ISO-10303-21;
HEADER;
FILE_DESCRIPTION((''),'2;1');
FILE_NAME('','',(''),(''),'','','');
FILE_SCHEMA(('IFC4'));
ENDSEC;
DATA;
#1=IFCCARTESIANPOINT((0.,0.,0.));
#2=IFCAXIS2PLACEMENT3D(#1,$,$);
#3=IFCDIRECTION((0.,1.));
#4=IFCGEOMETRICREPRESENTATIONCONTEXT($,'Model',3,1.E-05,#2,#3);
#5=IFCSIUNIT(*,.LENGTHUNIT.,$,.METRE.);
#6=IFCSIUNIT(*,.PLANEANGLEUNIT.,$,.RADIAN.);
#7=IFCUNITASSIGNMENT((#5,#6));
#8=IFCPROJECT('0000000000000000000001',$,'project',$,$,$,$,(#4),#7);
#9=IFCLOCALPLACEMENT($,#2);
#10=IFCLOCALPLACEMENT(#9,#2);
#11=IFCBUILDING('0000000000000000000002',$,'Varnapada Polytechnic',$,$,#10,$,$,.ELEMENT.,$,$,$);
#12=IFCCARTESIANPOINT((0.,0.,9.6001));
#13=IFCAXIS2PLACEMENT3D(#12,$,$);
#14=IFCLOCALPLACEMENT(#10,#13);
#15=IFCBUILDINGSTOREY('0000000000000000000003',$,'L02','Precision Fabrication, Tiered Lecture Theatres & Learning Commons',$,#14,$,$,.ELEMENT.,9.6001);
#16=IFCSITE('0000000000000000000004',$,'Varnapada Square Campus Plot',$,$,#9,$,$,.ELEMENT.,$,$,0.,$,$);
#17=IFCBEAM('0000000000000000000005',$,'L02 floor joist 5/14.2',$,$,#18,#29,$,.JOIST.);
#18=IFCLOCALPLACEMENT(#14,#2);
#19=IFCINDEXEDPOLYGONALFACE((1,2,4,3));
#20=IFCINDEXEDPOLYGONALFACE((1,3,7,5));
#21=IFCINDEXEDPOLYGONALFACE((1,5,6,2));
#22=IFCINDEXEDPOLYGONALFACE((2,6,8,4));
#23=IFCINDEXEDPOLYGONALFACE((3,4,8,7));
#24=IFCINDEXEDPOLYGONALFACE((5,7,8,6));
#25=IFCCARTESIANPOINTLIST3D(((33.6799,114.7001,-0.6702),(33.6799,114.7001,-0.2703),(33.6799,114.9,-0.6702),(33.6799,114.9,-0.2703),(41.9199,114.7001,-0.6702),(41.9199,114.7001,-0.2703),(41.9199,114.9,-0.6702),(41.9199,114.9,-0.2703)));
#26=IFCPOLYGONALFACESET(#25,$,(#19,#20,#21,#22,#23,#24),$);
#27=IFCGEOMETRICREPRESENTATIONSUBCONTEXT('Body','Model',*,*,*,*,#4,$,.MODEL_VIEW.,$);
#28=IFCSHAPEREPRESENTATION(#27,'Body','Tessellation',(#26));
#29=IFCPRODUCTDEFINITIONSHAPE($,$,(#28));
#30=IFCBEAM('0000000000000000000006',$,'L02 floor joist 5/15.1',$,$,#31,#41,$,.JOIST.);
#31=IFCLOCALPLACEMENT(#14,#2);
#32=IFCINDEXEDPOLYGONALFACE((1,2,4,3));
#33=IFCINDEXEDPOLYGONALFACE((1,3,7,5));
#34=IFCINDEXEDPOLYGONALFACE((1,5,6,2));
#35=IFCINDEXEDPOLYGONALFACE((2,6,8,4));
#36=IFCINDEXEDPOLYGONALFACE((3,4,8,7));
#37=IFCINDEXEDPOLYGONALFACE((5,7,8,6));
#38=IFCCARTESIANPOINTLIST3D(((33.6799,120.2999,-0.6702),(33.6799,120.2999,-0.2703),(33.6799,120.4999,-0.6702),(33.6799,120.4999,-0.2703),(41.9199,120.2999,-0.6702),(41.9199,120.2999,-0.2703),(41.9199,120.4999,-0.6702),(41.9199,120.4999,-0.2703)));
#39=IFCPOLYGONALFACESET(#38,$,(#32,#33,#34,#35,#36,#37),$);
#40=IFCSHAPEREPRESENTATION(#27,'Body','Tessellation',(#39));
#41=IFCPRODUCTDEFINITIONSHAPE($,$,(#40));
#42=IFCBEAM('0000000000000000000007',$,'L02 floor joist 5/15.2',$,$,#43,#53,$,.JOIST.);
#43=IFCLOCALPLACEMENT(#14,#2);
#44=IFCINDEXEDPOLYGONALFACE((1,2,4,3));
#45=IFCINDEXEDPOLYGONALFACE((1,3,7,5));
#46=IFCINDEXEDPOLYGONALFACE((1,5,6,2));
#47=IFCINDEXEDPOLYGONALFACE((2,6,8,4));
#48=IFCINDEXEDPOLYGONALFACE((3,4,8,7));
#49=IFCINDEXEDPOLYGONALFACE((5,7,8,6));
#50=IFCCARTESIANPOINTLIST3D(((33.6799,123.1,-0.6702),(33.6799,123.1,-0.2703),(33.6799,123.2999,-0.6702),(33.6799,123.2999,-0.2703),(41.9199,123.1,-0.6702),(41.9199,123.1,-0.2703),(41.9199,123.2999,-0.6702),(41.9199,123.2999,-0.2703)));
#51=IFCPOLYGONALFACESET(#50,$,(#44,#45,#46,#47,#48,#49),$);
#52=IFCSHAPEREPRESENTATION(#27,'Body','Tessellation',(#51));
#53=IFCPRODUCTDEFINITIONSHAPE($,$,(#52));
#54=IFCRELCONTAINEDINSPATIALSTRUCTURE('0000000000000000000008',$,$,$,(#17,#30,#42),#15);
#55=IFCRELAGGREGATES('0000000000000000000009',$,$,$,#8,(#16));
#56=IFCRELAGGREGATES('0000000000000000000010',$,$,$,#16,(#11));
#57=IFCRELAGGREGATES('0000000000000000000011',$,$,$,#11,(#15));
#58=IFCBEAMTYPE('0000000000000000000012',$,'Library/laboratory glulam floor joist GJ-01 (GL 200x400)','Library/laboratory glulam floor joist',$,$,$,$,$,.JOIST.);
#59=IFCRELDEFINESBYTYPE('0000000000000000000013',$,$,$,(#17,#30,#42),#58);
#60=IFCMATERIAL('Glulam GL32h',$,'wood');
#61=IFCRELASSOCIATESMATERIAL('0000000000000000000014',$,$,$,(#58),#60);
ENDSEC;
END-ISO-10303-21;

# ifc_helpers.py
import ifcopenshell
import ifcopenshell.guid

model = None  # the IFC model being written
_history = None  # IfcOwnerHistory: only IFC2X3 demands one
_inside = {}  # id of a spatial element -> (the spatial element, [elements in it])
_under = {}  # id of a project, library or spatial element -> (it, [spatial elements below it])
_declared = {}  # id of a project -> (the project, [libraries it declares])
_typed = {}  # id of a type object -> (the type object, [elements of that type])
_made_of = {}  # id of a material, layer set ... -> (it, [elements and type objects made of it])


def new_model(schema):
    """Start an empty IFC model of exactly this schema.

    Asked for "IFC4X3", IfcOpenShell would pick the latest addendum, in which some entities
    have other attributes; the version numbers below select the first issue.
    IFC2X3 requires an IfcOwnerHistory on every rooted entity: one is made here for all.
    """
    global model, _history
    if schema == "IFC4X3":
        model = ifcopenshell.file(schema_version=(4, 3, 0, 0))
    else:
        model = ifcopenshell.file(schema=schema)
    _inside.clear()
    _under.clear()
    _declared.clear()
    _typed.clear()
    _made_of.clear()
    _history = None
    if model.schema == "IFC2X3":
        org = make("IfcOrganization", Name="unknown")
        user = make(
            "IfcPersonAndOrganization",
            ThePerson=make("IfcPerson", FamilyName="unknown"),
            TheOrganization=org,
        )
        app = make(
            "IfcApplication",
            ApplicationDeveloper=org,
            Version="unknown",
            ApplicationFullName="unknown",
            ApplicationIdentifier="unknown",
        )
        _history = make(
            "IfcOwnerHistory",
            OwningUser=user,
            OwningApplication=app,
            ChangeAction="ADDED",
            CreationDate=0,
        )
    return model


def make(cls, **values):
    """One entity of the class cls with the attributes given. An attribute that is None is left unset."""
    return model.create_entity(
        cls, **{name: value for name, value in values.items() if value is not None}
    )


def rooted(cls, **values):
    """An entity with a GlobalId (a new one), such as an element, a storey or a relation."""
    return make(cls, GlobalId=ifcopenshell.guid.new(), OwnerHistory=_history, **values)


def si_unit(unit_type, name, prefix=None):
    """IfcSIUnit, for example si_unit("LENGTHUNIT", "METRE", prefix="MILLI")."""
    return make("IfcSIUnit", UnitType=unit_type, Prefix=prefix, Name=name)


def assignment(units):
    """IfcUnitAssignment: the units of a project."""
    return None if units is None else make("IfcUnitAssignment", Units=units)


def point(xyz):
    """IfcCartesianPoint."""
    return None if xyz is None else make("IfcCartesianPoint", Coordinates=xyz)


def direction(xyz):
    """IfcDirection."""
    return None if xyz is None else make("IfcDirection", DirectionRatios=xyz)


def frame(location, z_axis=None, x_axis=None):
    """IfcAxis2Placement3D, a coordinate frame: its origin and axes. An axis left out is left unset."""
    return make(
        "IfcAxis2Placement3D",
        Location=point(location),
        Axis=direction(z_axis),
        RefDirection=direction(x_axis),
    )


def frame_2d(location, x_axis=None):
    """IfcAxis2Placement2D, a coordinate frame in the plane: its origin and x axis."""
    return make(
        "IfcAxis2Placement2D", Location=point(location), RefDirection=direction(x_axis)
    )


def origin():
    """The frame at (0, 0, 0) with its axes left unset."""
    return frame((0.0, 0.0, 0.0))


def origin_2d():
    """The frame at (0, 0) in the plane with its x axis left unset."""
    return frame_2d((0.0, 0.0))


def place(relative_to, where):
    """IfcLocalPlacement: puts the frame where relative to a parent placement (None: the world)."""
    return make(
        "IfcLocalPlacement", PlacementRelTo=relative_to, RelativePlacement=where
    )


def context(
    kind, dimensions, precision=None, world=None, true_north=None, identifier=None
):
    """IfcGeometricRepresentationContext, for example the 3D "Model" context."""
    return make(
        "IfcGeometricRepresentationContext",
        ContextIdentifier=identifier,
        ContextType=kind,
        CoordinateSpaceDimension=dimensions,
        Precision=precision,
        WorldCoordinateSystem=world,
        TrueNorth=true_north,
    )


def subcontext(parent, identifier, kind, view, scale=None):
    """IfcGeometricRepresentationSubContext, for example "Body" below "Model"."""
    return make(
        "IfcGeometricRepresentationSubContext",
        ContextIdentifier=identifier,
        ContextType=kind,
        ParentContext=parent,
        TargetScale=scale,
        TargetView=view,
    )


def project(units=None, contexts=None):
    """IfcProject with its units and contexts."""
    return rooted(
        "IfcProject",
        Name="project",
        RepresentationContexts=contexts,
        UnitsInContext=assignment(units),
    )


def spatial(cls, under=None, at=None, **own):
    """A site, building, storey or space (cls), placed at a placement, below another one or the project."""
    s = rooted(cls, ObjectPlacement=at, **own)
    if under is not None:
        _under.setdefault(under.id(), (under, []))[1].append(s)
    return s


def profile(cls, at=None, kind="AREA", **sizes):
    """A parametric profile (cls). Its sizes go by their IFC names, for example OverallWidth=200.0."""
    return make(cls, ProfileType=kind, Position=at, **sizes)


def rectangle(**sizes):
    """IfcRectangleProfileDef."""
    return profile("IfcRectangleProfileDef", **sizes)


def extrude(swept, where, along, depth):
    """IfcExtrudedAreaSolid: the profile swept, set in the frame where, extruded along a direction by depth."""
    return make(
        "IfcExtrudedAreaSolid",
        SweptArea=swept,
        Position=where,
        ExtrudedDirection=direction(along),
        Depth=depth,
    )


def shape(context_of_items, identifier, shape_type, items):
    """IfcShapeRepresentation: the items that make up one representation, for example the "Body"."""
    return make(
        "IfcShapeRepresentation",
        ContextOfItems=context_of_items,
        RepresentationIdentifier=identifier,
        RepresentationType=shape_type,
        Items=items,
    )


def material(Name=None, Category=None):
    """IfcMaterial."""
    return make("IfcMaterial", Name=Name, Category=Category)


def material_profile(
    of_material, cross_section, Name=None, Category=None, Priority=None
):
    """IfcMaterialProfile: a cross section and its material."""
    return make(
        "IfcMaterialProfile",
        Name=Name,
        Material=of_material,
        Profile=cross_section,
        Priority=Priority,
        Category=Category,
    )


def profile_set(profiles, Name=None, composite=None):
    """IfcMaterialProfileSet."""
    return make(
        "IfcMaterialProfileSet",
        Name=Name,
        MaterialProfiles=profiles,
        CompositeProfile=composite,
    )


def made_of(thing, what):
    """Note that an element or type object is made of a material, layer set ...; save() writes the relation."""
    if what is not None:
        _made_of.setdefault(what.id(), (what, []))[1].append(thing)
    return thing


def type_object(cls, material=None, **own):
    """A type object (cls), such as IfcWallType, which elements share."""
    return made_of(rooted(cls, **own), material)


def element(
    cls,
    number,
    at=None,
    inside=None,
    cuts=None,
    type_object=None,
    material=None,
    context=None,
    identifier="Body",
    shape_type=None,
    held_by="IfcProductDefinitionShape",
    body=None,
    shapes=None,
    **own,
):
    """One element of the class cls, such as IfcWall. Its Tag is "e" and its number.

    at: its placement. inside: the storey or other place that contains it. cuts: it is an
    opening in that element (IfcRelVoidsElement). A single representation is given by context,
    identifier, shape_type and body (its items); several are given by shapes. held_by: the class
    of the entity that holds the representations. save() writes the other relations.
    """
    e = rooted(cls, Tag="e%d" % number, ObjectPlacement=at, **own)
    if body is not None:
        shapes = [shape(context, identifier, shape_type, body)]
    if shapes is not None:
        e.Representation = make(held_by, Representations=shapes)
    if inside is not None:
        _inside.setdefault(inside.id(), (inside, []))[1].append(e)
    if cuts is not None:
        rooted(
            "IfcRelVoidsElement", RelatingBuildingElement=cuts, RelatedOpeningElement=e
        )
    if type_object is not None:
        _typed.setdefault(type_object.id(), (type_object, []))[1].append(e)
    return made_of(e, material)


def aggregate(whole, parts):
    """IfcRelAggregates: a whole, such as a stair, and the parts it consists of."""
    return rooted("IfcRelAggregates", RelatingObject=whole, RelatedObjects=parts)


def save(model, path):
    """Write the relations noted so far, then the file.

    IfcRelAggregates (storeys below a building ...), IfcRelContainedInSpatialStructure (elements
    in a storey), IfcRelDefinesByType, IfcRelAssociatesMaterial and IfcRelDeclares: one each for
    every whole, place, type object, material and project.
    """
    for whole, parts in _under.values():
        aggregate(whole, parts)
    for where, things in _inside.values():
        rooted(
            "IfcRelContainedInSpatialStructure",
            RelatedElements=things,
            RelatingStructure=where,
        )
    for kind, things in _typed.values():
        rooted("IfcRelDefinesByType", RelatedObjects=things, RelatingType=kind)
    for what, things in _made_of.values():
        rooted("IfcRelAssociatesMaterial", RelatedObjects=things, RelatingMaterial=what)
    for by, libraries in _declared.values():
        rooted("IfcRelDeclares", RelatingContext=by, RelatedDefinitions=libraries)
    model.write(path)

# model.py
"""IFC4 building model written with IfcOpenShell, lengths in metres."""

from ifc_helpers import new_model, si_unit, direction, frame, origin, origin_2d, place, context, subcontext, project, spatial, rectangle, extrude, material, material_profile, profile_set, type_object, element, save


model = new_model("IFC4")

# Units and contexts
model_context = context("Model", 3, precision=1e-05, world=origin(), true_north=direction((0.0, 1.0)))
body_context = subcontext(model_context, "Body", "Model", "MODEL_VIEW")
ifc_project = project(units=[si_unit("LENGTHUNIT", "METRE"), si_unit("PLANEANGLEUNIT", "RADIAN")], contexts=[model_context])

# Site, building, storey
site_placement = place(None, origin())
site = spatial("IfcSite", under=ifc_project, at=site_placement, Name="Varnapada Square Campus Plot", CompositionType="ELEMENT", RefElevation=0.0)
building_placement = place(site_placement, origin())
building = spatial("IfcBuilding", under=site, at=building_placement, Name="Varnapada Polytechnic", CompositionType="ELEMENT")
storey_placement = place(building_placement, frame((0.0, 0.0, 9.6001)))
storey = spatial("IfcBuildingStorey", under=building, at=storey_placement, Name="L02", Description="Precision Fabrication, Tiered Lecture Theatres & Learning Commons", CompositionType="ELEMENT", Elevation=9.6001)

# Beams
ifc_material_1 = material(Name="Glulam GL32h", Category="wood")
ifc_material_profile = material_profile(ifc_material_1, rectangle(XDim=0.2, YDim=0.3999, at=origin_2d()), Name="GL 200x400")
ifc_profile_set = profile_set([ifc_material_profile], Name="Glulam GL32h")
beam_type = type_object("IfcBeamType", Name="Library/laboratory glulam floor joist GJ-01 (GL 200x400)", Description="Library/laboratory glulam floor joist", PredefinedType="JOIST", material=ifc_profile_set)
for number, where, z_axis, x_axis, name in (
    (1, (33.6799, 114.8, -0.4702), (1.0, 0.0, 0.0), (0.0, 1.0, 0.0), "L02 floor joist 5/14.2"),
    (2, (33.6799, 120.3999, -0.4702), (1.0, 0.0, 0.0), (0.0, 1.0, 0.0), "L02 floor joist 5/15.1"),
    (3, (33.6799, 123.2, -0.4702), (1.0, 0.0, 0.0), (0.0, 1.0, 0.0), "L02 floor joist 5/15.2"),
):
    element("IfcBeam", number, at=place(storey_placement, frame(where, z_axis=z_axis, x_axis=x_axis)), inside=storey, type_object=beam_type, Name=name, PredefinedType="JOIST", context=body_context, shape_type="SweptSolid", body=[
        extrude(rectangle(XDim=0.2, YDim=0.3999, at=origin_2d()), origin(), (0.0, 0.0, 1.0), 8.24),
    ])

save(model, "model.ifc")
